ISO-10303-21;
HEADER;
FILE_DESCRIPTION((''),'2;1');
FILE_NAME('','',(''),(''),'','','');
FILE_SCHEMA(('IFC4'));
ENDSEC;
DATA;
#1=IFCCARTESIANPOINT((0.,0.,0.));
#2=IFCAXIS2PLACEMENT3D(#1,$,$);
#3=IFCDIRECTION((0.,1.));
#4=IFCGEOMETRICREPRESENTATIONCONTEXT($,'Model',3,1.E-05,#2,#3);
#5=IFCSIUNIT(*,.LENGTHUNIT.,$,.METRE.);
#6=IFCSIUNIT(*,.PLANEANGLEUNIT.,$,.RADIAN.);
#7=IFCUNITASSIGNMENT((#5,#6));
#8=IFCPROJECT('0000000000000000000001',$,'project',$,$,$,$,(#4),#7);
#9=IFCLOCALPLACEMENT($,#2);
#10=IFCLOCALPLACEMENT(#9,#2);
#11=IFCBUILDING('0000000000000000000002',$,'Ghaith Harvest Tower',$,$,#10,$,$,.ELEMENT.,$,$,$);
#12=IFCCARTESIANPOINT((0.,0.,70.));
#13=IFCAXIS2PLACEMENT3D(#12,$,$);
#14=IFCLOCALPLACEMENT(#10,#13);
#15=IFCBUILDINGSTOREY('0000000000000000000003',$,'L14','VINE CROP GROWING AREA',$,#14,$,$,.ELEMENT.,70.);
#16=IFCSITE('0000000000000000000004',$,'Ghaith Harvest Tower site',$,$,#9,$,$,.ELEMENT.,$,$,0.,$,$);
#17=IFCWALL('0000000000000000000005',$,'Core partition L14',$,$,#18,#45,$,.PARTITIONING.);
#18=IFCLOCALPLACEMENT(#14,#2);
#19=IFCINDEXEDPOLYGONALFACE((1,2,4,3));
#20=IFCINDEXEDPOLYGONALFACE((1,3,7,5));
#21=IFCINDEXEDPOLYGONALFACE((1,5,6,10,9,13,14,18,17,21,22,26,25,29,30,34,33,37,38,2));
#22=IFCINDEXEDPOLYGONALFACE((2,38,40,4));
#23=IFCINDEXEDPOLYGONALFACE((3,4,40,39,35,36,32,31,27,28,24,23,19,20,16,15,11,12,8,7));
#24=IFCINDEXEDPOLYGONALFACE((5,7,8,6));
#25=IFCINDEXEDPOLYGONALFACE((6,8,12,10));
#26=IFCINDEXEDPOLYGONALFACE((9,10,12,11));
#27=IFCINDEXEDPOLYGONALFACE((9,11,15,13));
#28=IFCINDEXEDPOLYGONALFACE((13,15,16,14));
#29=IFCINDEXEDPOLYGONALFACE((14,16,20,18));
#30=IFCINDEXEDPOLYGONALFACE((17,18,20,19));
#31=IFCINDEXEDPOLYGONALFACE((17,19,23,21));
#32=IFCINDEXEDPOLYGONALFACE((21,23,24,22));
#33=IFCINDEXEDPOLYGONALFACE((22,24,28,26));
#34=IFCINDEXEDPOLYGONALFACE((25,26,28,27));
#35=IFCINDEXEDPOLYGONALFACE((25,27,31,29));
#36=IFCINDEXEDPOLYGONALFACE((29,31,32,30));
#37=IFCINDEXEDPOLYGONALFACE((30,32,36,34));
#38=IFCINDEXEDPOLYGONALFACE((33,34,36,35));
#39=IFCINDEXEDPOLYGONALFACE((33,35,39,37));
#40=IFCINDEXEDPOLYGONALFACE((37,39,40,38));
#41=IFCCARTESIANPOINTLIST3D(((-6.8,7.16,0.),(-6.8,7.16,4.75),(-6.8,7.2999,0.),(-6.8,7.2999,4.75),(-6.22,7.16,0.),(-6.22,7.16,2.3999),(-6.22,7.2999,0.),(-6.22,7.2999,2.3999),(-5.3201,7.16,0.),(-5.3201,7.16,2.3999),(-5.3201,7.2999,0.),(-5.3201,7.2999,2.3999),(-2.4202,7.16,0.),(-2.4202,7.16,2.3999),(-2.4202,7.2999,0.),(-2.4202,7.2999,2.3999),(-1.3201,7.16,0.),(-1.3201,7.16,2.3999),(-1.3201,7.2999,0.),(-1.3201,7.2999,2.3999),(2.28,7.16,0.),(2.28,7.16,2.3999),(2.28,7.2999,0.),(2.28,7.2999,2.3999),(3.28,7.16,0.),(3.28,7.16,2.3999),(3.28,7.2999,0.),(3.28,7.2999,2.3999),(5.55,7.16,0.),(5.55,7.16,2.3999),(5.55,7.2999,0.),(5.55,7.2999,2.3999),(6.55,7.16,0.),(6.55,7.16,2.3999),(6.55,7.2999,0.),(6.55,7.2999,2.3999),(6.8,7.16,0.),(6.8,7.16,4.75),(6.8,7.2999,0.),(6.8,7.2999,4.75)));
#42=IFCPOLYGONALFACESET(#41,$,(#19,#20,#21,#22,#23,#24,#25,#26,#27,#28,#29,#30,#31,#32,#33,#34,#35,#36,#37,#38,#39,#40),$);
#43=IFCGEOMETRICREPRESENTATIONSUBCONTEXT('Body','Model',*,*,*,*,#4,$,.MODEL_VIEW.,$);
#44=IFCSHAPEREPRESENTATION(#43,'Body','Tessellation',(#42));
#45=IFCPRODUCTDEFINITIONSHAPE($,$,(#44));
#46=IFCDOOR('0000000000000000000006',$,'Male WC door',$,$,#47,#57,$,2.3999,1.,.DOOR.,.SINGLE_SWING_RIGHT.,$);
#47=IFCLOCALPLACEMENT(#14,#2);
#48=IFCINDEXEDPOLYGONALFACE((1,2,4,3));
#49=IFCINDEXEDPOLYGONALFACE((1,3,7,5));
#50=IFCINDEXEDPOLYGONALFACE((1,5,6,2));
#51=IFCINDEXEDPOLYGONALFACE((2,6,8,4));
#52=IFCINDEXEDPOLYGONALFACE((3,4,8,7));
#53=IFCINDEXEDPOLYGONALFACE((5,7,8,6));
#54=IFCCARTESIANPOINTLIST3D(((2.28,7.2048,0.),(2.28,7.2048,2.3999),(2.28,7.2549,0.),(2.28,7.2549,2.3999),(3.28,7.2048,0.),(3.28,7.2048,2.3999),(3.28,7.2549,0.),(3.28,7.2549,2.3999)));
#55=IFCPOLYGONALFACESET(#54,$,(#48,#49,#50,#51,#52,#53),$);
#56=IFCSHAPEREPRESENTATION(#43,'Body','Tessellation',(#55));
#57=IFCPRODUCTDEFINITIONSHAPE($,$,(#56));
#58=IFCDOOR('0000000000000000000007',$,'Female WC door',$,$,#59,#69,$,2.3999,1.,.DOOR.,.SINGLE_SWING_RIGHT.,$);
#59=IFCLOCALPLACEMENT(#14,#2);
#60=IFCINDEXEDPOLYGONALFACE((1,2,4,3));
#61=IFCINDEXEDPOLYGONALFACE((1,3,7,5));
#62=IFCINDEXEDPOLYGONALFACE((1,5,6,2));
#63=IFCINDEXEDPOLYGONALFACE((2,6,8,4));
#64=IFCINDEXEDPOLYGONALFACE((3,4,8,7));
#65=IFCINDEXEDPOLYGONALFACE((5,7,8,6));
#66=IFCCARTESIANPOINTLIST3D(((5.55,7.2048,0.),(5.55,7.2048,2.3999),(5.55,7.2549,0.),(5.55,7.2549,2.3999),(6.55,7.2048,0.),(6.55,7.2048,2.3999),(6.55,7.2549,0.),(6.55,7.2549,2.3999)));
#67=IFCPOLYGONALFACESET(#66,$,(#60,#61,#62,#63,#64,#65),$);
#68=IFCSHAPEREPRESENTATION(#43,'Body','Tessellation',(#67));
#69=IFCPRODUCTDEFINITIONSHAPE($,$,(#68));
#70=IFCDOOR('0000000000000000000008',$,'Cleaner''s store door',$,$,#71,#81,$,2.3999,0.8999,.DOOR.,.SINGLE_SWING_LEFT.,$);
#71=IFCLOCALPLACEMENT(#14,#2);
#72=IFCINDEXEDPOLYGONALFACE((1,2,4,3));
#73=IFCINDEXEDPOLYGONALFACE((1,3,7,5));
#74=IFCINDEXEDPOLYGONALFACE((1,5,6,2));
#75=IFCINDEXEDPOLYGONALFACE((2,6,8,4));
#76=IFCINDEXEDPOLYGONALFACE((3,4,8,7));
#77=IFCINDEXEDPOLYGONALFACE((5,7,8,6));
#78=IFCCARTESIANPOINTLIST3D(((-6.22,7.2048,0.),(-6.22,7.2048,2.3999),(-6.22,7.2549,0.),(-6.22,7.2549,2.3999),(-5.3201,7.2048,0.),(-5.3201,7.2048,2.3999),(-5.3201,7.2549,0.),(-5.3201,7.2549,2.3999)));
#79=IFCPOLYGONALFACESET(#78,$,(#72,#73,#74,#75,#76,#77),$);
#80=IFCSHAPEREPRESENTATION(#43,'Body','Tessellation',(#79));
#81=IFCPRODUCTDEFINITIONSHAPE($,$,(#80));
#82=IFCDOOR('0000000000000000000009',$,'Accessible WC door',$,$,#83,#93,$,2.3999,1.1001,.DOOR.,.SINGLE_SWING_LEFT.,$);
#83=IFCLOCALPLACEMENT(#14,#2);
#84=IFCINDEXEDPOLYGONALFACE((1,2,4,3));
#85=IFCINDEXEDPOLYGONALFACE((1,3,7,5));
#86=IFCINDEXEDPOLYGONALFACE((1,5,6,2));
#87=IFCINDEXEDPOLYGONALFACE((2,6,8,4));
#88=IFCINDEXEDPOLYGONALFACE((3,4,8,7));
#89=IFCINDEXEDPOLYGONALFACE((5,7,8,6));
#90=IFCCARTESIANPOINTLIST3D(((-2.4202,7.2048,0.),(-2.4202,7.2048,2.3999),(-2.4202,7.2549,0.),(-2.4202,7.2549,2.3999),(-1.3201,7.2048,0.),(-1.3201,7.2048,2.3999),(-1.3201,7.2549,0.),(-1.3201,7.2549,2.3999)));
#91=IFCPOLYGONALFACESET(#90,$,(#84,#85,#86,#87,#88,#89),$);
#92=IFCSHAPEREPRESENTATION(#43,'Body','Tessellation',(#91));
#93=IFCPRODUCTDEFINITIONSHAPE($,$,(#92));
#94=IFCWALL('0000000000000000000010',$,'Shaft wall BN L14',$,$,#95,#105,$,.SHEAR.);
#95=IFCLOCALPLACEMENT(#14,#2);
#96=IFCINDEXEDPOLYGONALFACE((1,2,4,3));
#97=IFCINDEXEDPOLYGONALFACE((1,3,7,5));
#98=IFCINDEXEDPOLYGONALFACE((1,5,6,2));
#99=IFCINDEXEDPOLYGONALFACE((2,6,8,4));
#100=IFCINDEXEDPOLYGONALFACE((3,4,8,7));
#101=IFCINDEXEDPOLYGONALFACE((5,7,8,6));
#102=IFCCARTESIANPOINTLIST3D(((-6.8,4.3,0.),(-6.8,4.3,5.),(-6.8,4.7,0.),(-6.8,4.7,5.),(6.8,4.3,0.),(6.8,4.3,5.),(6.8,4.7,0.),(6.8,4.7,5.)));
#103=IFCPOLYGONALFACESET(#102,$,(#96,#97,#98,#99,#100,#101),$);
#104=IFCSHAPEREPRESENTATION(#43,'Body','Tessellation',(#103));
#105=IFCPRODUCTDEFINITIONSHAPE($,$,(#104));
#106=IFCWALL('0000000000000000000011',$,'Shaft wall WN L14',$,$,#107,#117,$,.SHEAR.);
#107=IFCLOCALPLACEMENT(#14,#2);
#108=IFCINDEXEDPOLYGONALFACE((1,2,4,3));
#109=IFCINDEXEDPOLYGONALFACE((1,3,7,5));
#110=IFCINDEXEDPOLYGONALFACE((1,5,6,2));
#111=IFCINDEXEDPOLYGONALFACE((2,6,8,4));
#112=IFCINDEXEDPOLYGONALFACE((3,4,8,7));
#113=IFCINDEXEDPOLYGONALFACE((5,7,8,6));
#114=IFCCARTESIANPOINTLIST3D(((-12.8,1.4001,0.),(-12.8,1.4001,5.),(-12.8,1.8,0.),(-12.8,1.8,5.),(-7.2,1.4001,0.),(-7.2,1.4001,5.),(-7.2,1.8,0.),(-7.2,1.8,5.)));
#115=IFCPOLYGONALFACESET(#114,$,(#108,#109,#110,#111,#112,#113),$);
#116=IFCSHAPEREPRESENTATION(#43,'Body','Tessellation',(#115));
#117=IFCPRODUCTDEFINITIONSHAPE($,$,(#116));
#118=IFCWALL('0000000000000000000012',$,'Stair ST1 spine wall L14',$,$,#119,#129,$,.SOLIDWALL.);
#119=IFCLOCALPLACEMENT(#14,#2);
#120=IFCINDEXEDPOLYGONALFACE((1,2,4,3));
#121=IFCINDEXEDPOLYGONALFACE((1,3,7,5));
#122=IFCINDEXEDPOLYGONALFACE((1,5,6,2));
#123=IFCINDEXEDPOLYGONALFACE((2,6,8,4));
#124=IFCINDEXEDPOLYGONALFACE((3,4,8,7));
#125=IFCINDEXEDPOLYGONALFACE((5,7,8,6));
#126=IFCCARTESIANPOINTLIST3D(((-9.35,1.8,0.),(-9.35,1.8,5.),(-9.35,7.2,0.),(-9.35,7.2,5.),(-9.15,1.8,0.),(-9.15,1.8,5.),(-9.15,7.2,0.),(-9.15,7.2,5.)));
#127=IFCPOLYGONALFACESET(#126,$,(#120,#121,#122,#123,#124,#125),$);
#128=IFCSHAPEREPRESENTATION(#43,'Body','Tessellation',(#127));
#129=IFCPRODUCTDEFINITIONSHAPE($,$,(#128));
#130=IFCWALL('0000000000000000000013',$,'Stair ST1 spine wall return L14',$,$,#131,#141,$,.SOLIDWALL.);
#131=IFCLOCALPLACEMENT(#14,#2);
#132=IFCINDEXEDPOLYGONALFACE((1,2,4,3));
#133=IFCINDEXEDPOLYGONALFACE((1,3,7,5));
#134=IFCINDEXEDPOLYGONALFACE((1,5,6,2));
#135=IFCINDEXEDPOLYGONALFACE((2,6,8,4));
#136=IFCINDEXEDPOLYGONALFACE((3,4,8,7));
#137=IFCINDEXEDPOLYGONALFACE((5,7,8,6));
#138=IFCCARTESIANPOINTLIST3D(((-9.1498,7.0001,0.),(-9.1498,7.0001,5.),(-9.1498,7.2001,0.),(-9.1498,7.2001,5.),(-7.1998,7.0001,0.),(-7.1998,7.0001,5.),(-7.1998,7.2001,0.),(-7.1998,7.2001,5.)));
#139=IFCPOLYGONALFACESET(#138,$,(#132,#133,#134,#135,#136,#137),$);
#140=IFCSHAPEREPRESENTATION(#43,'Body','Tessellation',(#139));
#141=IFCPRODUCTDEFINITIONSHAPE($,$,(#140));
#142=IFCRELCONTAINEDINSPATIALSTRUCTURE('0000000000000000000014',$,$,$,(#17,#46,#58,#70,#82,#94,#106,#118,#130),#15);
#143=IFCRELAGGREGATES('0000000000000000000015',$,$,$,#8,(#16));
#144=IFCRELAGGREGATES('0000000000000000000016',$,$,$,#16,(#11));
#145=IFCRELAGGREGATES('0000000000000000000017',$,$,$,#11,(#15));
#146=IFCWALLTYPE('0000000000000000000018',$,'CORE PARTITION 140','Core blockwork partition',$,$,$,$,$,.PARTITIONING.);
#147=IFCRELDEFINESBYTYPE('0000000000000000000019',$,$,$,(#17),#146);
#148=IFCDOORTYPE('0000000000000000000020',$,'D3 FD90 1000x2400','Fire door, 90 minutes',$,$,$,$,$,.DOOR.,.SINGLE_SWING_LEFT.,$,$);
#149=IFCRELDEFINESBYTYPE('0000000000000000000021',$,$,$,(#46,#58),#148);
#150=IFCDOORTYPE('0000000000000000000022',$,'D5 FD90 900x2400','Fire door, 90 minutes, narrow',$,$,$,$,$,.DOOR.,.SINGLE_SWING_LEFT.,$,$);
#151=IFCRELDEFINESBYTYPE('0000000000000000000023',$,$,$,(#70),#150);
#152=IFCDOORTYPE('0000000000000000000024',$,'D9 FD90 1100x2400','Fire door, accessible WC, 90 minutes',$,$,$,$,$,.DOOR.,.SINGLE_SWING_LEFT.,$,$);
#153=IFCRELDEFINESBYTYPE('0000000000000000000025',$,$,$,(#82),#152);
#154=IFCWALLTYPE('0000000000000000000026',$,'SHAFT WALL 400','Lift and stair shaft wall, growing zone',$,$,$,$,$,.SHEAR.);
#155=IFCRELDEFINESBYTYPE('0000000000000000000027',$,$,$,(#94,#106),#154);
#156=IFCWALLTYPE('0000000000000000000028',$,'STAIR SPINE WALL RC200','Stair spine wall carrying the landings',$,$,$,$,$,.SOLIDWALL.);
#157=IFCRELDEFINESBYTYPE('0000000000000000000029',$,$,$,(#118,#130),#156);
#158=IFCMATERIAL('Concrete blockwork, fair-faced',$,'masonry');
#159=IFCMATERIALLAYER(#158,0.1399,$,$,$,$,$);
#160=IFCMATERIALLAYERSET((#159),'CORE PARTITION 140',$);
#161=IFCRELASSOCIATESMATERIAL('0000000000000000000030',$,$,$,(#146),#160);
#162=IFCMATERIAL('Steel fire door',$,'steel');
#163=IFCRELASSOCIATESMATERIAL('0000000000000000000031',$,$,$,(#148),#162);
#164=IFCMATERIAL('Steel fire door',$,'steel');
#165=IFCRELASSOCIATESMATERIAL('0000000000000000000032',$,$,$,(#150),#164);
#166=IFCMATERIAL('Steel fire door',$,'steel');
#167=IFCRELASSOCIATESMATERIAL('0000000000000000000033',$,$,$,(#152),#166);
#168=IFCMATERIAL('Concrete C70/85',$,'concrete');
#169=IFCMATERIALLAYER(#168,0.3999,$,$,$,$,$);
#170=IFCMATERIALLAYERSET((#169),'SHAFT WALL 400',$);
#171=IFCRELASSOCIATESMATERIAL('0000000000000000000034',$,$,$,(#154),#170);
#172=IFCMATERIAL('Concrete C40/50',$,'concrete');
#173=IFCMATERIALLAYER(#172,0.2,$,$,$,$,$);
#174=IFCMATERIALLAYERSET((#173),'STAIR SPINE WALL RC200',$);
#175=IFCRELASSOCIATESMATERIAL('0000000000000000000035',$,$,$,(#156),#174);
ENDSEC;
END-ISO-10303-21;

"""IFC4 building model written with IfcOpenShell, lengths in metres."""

from ifc_helpers import new_model, si_unit, direction, frame, frame_2d, origin, place, context, subcontext, project, spatial, rectangle, extrude, material, layer, layer_set, type_object, element, fill, save


model = new_model("IFC4")

# Units and contexts
model_context = context("Model", 3, precision=1e-05, world=origin(), true_north=direction((0.0, 1.0)))
body_context = subcontext(model_context, "Body", "Model", "MODEL_VIEW")
ifc_project = project(units=[si_unit("LENGTHUNIT", "METRE"), si_unit("PLANEANGLEUNIT", "RADIAN")], contexts=[model_context])

# Site, building, storey
site_placement = place(None, origin())
site = spatial("IfcSite", under=ifc_project, at=site_placement, Name="Ghaith Harvest Tower site", CompositionType="ELEMENT", RefElevation=0.0)
building_placement = place(site_placement, origin())
building = spatial("IfcBuilding", under=site, at=building_placement, Name="Ghaith Harvest Tower", CompositionType="ELEMENT")
storey_placement = place(building_placement, frame((0.0, 0.0, 70.0)))
storey = spatial("IfcBuildingStorey", under=building, at=storey_placement, Name="L14", Description="VINE CROP GROWING AREA", CompositionType="ELEMENT", Elevation=70.0)

# Wall, openings, doors
ifc_material_1 = material(Name="Concrete blockwork, fair-faced", Category="masonry")
ifc_layer_1 = layer(ifc_material_1, 0.1399)
ifc_layer_set_1 = layer_set([ifc_layer_1], Name="CORE PARTITION 140")
wall_type_1 = type_object("IfcWallType", Name="CORE PARTITION 140", Description="Core blockwork partition", PredefinedType="PARTITIONING", material=ifc_layer_set_1)
wall_1_placement = place(storey_placement, frame((-6.8, 7.23, 0.0), z_axis=(0.0, 0.0, 1.0), x_axis=(1.0, 0.0, 0.0)))
wall_1 = element("IfcWall", 1, at=wall_1_placement, inside=storey, type_object=wall_type_1, Name="Core partition L14", PredefinedType="PARTITIONING", context=body_context, shape_type="SweptSolid", body=[
    extrude(rectangle(XDim=13.6001, YDim=0.1399, at=frame_2d((6.8, 0.0))), origin(), (0.0, 0.0, 1.0), 4.75),
])
opening_1_placement = place(wall_1_placement, frame((0.5801, 0.0, 0.0)))
opening_1 = element("IfcOpeningElement", 2, at=opening_1_placement, cuts=wall_1, PredefinedType="OPENING", context=body_context, shape_type="SweptSolid", body=[
    extrude(rectangle(XDim=0.8999, YDim=2.3999, at=frame_2d((0.45, 1.2))), frame((0.0, 0.0801, 0.0), z_axis=(0.0, -1.0, 0.0), x_axis=(1.0, 0.0, 0.0)), (0.0, 0.0, 1.0), 0.1599),
])
opening_2_placement = place(wall_1_placement, frame((4.3799, 0.0, 0.0)))
opening_2 = element("IfcOpeningElement", 3, at=opening_2_placement, cuts=wall_1, PredefinedType="OPENING", context=body_context, shape_type="SweptSolid", body=[
    extrude(rectangle(XDim=1.1001, YDim=2.3999, at=frame_2d((0.55, 1.2))), frame((0.0, 0.0801, 0.0), z_axis=(0.0, -1.0, 0.0), x_axis=(1.0, 0.0, 0.0)), (0.0, 0.0, 1.0), 0.1599),
])
opening_3_placement = place(wall_1_placement, frame((9.0801, 0.0, 0.0)))
opening_3 = element("IfcOpeningElement", 4, at=opening_3_placement, cuts=wall_1, PredefinedType="OPENING", context=body_context, shape_type="SweptSolid", body=[
    extrude(rectangle(XDim=1.0, YDim=2.3999, at=frame_2d((0.5, 1.2))), frame((0.0, 0.0801, 0.0), z_axis=(0.0, -1.0, 0.0), x_axis=(1.0, 0.0, 0.0)), (0.0, 0.0, 1.0), 0.1599),
])
opening_4_placement = place(wall_1_placement, frame((12.3501, 0.0, 0.0)))
opening_4 = element("IfcOpeningElement", 5, at=opening_4_placement, cuts=wall_1, PredefinedType="OPENING", context=body_context, shape_type="SweptSolid", body=[
    extrude(rectangle(XDim=1.0, YDim=2.3999, at=frame_2d((0.5, 1.2))), frame((0.0, 0.0801, 0.0), z_axis=(0.0, -1.0, 0.0), x_axis=(1.0, 0.0, 0.0)), (0.0, 0.0, 1.0), 0.1599),
])
ifc_material_2 = material(Name="Steel fire door", Category="steel")
door_type_1 = type_object("IfcDoorType", Name="D3 FD90 1000x2400", Description="Fire door, 90 minutes", OperationType="SINGLE_SWING_LEFT", PredefinedType="DOOR", material=ifc_material_2)
door_1_placement = place(opening_3_placement, origin())
door_1 = element("IfcDoor", 6, at=door_1_placement, inside=storey, type_object=door_type_1, Name="Male WC door", OperationType="SINGLE_SWING_RIGHT", OverallHeight=2.3999, OverallWidth=1.0, PredefinedType="DOOR", context=body_context, shape_type="SweptSolid", body=[
    extrude(rectangle(XDim=1.0, YDim=2.3999, at=frame_2d((0.5, 1.2))), frame((0.0, 0.0249, 0.0), z_axis=(0.0, -1.0, 0.0), x_axis=(1.0, 0.0, 0.0)), (0.0, 0.0, 1.0), 0.05),
])
fill(opening_3, door_1)
door_2_placement = place(opening_4_placement, origin())
door_2 = element("IfcDoor", 7, at=door_2_placement, inside=storey, type_object=door_type_1, Name="Female WC door", OperationType="SINGLE_SWING_RIGHT", OverallHeight=2.3999, OverallWidth=1.0, PredefinedType="DOOR", context=body_context, shape_type="SweptSolid", body=[
    extrude(rectangle(XDim=1.0, YDim=2.3999, at=frame_2d((0.5, 1.2))), frame((0.0, 0.0249, 0.0), z_axis=(0.0, -1.0, 0.0), x_axis=(1.0, 0.0, 0.0)), (0.0, 0.0, 1.0), 0.05),
])
fill(opening_4, door_2)
ifc_material_3 = material(Name="Steel fire door", Category="steel")
door_type_2 = type_object("IfcDoorType", Name="D5 FD90 900x2400", Description="Fire door, 90 minutes, narrow", OperationType="SINGLE_SWING_LEFT", PredefinedType="DOOR", material=ifc_material_3)
door_3_placement = place(opening_1_placement, origin())
door_3 = element("IfcDoor", 8, at=door_3_placement, inside=storey, type_object=door_type_2, Name="Cleaner's store door", OperationType="SINGLE_SWING_LEFT", OverallHeight=2.3999, OverallWidth=0.8999, PredefinedType="DOOR", context=body_context, shape_type="SweptSolid", body=[
    extrude(rectangle(XDim=0.8999, YDim=2.3999, at=frame_2d((0.45, 1.2))), frame((0.0, 0.0249, 0.0), z_axis=(0.0, -1.0, 0.0), x_axis=(1.0, 0.0, 0.0)), (0.0, 0.0, 1.0), 0.05),
])
fill(opening_1, door_3)
ifc_material_4 = material(Name="Steel fire door", Category="steel")
door_type_3 = type_object("IfcDoorType", Name="D9 FD90 1100x2400", Description="Fire door, accessible WC, 90 minutes", OperationType="SINGLE_SWING_LEFT", PredefinedType="DOOR", material=ifc_material_4)
door_4_placement = place(opening_2_placement, origin())
door_4 = element("IfcDoor", 9, at=door_4_placement, inside=storey, type_object=door_type_3, Name="Accessible WC door", OperationType="SINGLE_SWING_LEFT", OverallHeight=2.3999, OverallWidth=1.1001, PredefinedType="DOOR", context=body_context, shape_type="SweptSolid", body=[
    extrude(rectangle(XDim=1.1001, YDim=2.3999, at=frame_2d((0.55, 1.2))), frame((0.0, 0.0249, 0.0), z_axis=(0.0, -1.0, 0.0), x_axis=(1.0, 0.0, 0.0)), (0.0, 0.0, 1.0), 0.05),
])
fill(opening_2, door_4)
ifc_material_5 = material(Name="Concrete C70/85", Category="concrete")
ifc_layer_2 = layer(ifc_material_5, 0.3999)
ifc_layer_set_2 = layer_set([ifc_layer_2], Name="SHAFT WALL 400")
wall_type_2 = type_object("IfcWallType", Name="SHAFT WALL 400", Description="Lift and stair shaft wall, growing zone", PredefinedType="SHEAR", material=ifc_layer_set_2)

# Walls
wall_2_placement = place(storey_placement, frame((-6.8, 4.5, 0.0), z_axis=(0.0, 0.0, 1.0), x_axis=(1.0, 0.0, 0.0)))
element("IfcWall", 10, at=wall_2_placement, inside=storey, type_object=wall_type_2, Name="Shaft wall BN L14", PredefinedType="SHEAR", context=body_context, shape_type="SweptSolid", body=[
    extrude(rectangle(XDim=13.6001, YDim=0.3999, at=frame_2d((6.8, 0.0))), origin(), (0.0, 0.0, 1.0), 5.0),
])
wall_3_placement = place(storey_placement, frame((-12.8, 1.6001, 0.0), z_axis=(0.0, 0.0, 1.0), x_axis=(1.0, 0.0, 0.0)))
element("IfcWall", 11, at=wall_3_placement, inside=storey, type_object=wall_type_2, Name="Shaft wall WN L14", PredefinedType="SHEAR", context=body_context, shape_type="SweptSolid", body=[
    extrude(rectangle(XDim=5.6001, YDim=0.3999, at=frame_2d((2.8, 0.0))), origin(), (0.0, 0.0, 1.0), 5.0),
])
ifc_material_6 = material(Name="Concrete C40/50", Category="concrete")
ifc_layer_3 = layer(ifc_material_6, 0.2)
ifc_layer_set_3 = layer_set([ifc_layer_3], Name="STAIR SPINE WALL RC200")
wall_type_3 = type_object("IfcWallType", Name="STAIR SPINE WALL RC200", Description="Stair spine wall carrying the landings", PredefinedType="SOLIDWALL", material=ifc_layer_set_3)
wall_4_placement = place(storey_placement, frame((-9.25, 7.2, 0.0), z_axis=(0.0, 0.0, 1.0), x_axis=(0.0, -1.0, 0.0)))
element("IfcWall", 12, at=wall_4_placement, inside=storey, type_object=wall_type_3, Name="Stair ST1 spine wall L14", PredefinedType="SOLIDWALL", context=body_context, shape_type="SweptSolid", body=[
    extrude(rectangle(XDim=5.3999, YDim=0.2, at=frame_2d((2.7, 0.0))), origin(), (0.0, 0.0, 1.0), 5.0),
])
wall_5_placement = place(storey_placement, frame((-9.1499, 7.1001, 0.0), z_axis=(0.0, 0.0, 1.0), x_axis=(1.0, 0.0, 0.0)))
element("IfcWall", 13, at=wall_5_placement, inside=storey, type_object=wall_type_3, Name="Stair ST1 spine wall return L14", PredefinedType="SOLIDWALL", context=body_context, shape_type="SweptSolid", body=[
    extrude(rectangle(XDim=1.95, YDim=0.2, at=frame_2d((0.9751, 0.0))), origin(), (0.0, 0.0, 1.0), 5.0),
])

save(model, "model.ifc")
